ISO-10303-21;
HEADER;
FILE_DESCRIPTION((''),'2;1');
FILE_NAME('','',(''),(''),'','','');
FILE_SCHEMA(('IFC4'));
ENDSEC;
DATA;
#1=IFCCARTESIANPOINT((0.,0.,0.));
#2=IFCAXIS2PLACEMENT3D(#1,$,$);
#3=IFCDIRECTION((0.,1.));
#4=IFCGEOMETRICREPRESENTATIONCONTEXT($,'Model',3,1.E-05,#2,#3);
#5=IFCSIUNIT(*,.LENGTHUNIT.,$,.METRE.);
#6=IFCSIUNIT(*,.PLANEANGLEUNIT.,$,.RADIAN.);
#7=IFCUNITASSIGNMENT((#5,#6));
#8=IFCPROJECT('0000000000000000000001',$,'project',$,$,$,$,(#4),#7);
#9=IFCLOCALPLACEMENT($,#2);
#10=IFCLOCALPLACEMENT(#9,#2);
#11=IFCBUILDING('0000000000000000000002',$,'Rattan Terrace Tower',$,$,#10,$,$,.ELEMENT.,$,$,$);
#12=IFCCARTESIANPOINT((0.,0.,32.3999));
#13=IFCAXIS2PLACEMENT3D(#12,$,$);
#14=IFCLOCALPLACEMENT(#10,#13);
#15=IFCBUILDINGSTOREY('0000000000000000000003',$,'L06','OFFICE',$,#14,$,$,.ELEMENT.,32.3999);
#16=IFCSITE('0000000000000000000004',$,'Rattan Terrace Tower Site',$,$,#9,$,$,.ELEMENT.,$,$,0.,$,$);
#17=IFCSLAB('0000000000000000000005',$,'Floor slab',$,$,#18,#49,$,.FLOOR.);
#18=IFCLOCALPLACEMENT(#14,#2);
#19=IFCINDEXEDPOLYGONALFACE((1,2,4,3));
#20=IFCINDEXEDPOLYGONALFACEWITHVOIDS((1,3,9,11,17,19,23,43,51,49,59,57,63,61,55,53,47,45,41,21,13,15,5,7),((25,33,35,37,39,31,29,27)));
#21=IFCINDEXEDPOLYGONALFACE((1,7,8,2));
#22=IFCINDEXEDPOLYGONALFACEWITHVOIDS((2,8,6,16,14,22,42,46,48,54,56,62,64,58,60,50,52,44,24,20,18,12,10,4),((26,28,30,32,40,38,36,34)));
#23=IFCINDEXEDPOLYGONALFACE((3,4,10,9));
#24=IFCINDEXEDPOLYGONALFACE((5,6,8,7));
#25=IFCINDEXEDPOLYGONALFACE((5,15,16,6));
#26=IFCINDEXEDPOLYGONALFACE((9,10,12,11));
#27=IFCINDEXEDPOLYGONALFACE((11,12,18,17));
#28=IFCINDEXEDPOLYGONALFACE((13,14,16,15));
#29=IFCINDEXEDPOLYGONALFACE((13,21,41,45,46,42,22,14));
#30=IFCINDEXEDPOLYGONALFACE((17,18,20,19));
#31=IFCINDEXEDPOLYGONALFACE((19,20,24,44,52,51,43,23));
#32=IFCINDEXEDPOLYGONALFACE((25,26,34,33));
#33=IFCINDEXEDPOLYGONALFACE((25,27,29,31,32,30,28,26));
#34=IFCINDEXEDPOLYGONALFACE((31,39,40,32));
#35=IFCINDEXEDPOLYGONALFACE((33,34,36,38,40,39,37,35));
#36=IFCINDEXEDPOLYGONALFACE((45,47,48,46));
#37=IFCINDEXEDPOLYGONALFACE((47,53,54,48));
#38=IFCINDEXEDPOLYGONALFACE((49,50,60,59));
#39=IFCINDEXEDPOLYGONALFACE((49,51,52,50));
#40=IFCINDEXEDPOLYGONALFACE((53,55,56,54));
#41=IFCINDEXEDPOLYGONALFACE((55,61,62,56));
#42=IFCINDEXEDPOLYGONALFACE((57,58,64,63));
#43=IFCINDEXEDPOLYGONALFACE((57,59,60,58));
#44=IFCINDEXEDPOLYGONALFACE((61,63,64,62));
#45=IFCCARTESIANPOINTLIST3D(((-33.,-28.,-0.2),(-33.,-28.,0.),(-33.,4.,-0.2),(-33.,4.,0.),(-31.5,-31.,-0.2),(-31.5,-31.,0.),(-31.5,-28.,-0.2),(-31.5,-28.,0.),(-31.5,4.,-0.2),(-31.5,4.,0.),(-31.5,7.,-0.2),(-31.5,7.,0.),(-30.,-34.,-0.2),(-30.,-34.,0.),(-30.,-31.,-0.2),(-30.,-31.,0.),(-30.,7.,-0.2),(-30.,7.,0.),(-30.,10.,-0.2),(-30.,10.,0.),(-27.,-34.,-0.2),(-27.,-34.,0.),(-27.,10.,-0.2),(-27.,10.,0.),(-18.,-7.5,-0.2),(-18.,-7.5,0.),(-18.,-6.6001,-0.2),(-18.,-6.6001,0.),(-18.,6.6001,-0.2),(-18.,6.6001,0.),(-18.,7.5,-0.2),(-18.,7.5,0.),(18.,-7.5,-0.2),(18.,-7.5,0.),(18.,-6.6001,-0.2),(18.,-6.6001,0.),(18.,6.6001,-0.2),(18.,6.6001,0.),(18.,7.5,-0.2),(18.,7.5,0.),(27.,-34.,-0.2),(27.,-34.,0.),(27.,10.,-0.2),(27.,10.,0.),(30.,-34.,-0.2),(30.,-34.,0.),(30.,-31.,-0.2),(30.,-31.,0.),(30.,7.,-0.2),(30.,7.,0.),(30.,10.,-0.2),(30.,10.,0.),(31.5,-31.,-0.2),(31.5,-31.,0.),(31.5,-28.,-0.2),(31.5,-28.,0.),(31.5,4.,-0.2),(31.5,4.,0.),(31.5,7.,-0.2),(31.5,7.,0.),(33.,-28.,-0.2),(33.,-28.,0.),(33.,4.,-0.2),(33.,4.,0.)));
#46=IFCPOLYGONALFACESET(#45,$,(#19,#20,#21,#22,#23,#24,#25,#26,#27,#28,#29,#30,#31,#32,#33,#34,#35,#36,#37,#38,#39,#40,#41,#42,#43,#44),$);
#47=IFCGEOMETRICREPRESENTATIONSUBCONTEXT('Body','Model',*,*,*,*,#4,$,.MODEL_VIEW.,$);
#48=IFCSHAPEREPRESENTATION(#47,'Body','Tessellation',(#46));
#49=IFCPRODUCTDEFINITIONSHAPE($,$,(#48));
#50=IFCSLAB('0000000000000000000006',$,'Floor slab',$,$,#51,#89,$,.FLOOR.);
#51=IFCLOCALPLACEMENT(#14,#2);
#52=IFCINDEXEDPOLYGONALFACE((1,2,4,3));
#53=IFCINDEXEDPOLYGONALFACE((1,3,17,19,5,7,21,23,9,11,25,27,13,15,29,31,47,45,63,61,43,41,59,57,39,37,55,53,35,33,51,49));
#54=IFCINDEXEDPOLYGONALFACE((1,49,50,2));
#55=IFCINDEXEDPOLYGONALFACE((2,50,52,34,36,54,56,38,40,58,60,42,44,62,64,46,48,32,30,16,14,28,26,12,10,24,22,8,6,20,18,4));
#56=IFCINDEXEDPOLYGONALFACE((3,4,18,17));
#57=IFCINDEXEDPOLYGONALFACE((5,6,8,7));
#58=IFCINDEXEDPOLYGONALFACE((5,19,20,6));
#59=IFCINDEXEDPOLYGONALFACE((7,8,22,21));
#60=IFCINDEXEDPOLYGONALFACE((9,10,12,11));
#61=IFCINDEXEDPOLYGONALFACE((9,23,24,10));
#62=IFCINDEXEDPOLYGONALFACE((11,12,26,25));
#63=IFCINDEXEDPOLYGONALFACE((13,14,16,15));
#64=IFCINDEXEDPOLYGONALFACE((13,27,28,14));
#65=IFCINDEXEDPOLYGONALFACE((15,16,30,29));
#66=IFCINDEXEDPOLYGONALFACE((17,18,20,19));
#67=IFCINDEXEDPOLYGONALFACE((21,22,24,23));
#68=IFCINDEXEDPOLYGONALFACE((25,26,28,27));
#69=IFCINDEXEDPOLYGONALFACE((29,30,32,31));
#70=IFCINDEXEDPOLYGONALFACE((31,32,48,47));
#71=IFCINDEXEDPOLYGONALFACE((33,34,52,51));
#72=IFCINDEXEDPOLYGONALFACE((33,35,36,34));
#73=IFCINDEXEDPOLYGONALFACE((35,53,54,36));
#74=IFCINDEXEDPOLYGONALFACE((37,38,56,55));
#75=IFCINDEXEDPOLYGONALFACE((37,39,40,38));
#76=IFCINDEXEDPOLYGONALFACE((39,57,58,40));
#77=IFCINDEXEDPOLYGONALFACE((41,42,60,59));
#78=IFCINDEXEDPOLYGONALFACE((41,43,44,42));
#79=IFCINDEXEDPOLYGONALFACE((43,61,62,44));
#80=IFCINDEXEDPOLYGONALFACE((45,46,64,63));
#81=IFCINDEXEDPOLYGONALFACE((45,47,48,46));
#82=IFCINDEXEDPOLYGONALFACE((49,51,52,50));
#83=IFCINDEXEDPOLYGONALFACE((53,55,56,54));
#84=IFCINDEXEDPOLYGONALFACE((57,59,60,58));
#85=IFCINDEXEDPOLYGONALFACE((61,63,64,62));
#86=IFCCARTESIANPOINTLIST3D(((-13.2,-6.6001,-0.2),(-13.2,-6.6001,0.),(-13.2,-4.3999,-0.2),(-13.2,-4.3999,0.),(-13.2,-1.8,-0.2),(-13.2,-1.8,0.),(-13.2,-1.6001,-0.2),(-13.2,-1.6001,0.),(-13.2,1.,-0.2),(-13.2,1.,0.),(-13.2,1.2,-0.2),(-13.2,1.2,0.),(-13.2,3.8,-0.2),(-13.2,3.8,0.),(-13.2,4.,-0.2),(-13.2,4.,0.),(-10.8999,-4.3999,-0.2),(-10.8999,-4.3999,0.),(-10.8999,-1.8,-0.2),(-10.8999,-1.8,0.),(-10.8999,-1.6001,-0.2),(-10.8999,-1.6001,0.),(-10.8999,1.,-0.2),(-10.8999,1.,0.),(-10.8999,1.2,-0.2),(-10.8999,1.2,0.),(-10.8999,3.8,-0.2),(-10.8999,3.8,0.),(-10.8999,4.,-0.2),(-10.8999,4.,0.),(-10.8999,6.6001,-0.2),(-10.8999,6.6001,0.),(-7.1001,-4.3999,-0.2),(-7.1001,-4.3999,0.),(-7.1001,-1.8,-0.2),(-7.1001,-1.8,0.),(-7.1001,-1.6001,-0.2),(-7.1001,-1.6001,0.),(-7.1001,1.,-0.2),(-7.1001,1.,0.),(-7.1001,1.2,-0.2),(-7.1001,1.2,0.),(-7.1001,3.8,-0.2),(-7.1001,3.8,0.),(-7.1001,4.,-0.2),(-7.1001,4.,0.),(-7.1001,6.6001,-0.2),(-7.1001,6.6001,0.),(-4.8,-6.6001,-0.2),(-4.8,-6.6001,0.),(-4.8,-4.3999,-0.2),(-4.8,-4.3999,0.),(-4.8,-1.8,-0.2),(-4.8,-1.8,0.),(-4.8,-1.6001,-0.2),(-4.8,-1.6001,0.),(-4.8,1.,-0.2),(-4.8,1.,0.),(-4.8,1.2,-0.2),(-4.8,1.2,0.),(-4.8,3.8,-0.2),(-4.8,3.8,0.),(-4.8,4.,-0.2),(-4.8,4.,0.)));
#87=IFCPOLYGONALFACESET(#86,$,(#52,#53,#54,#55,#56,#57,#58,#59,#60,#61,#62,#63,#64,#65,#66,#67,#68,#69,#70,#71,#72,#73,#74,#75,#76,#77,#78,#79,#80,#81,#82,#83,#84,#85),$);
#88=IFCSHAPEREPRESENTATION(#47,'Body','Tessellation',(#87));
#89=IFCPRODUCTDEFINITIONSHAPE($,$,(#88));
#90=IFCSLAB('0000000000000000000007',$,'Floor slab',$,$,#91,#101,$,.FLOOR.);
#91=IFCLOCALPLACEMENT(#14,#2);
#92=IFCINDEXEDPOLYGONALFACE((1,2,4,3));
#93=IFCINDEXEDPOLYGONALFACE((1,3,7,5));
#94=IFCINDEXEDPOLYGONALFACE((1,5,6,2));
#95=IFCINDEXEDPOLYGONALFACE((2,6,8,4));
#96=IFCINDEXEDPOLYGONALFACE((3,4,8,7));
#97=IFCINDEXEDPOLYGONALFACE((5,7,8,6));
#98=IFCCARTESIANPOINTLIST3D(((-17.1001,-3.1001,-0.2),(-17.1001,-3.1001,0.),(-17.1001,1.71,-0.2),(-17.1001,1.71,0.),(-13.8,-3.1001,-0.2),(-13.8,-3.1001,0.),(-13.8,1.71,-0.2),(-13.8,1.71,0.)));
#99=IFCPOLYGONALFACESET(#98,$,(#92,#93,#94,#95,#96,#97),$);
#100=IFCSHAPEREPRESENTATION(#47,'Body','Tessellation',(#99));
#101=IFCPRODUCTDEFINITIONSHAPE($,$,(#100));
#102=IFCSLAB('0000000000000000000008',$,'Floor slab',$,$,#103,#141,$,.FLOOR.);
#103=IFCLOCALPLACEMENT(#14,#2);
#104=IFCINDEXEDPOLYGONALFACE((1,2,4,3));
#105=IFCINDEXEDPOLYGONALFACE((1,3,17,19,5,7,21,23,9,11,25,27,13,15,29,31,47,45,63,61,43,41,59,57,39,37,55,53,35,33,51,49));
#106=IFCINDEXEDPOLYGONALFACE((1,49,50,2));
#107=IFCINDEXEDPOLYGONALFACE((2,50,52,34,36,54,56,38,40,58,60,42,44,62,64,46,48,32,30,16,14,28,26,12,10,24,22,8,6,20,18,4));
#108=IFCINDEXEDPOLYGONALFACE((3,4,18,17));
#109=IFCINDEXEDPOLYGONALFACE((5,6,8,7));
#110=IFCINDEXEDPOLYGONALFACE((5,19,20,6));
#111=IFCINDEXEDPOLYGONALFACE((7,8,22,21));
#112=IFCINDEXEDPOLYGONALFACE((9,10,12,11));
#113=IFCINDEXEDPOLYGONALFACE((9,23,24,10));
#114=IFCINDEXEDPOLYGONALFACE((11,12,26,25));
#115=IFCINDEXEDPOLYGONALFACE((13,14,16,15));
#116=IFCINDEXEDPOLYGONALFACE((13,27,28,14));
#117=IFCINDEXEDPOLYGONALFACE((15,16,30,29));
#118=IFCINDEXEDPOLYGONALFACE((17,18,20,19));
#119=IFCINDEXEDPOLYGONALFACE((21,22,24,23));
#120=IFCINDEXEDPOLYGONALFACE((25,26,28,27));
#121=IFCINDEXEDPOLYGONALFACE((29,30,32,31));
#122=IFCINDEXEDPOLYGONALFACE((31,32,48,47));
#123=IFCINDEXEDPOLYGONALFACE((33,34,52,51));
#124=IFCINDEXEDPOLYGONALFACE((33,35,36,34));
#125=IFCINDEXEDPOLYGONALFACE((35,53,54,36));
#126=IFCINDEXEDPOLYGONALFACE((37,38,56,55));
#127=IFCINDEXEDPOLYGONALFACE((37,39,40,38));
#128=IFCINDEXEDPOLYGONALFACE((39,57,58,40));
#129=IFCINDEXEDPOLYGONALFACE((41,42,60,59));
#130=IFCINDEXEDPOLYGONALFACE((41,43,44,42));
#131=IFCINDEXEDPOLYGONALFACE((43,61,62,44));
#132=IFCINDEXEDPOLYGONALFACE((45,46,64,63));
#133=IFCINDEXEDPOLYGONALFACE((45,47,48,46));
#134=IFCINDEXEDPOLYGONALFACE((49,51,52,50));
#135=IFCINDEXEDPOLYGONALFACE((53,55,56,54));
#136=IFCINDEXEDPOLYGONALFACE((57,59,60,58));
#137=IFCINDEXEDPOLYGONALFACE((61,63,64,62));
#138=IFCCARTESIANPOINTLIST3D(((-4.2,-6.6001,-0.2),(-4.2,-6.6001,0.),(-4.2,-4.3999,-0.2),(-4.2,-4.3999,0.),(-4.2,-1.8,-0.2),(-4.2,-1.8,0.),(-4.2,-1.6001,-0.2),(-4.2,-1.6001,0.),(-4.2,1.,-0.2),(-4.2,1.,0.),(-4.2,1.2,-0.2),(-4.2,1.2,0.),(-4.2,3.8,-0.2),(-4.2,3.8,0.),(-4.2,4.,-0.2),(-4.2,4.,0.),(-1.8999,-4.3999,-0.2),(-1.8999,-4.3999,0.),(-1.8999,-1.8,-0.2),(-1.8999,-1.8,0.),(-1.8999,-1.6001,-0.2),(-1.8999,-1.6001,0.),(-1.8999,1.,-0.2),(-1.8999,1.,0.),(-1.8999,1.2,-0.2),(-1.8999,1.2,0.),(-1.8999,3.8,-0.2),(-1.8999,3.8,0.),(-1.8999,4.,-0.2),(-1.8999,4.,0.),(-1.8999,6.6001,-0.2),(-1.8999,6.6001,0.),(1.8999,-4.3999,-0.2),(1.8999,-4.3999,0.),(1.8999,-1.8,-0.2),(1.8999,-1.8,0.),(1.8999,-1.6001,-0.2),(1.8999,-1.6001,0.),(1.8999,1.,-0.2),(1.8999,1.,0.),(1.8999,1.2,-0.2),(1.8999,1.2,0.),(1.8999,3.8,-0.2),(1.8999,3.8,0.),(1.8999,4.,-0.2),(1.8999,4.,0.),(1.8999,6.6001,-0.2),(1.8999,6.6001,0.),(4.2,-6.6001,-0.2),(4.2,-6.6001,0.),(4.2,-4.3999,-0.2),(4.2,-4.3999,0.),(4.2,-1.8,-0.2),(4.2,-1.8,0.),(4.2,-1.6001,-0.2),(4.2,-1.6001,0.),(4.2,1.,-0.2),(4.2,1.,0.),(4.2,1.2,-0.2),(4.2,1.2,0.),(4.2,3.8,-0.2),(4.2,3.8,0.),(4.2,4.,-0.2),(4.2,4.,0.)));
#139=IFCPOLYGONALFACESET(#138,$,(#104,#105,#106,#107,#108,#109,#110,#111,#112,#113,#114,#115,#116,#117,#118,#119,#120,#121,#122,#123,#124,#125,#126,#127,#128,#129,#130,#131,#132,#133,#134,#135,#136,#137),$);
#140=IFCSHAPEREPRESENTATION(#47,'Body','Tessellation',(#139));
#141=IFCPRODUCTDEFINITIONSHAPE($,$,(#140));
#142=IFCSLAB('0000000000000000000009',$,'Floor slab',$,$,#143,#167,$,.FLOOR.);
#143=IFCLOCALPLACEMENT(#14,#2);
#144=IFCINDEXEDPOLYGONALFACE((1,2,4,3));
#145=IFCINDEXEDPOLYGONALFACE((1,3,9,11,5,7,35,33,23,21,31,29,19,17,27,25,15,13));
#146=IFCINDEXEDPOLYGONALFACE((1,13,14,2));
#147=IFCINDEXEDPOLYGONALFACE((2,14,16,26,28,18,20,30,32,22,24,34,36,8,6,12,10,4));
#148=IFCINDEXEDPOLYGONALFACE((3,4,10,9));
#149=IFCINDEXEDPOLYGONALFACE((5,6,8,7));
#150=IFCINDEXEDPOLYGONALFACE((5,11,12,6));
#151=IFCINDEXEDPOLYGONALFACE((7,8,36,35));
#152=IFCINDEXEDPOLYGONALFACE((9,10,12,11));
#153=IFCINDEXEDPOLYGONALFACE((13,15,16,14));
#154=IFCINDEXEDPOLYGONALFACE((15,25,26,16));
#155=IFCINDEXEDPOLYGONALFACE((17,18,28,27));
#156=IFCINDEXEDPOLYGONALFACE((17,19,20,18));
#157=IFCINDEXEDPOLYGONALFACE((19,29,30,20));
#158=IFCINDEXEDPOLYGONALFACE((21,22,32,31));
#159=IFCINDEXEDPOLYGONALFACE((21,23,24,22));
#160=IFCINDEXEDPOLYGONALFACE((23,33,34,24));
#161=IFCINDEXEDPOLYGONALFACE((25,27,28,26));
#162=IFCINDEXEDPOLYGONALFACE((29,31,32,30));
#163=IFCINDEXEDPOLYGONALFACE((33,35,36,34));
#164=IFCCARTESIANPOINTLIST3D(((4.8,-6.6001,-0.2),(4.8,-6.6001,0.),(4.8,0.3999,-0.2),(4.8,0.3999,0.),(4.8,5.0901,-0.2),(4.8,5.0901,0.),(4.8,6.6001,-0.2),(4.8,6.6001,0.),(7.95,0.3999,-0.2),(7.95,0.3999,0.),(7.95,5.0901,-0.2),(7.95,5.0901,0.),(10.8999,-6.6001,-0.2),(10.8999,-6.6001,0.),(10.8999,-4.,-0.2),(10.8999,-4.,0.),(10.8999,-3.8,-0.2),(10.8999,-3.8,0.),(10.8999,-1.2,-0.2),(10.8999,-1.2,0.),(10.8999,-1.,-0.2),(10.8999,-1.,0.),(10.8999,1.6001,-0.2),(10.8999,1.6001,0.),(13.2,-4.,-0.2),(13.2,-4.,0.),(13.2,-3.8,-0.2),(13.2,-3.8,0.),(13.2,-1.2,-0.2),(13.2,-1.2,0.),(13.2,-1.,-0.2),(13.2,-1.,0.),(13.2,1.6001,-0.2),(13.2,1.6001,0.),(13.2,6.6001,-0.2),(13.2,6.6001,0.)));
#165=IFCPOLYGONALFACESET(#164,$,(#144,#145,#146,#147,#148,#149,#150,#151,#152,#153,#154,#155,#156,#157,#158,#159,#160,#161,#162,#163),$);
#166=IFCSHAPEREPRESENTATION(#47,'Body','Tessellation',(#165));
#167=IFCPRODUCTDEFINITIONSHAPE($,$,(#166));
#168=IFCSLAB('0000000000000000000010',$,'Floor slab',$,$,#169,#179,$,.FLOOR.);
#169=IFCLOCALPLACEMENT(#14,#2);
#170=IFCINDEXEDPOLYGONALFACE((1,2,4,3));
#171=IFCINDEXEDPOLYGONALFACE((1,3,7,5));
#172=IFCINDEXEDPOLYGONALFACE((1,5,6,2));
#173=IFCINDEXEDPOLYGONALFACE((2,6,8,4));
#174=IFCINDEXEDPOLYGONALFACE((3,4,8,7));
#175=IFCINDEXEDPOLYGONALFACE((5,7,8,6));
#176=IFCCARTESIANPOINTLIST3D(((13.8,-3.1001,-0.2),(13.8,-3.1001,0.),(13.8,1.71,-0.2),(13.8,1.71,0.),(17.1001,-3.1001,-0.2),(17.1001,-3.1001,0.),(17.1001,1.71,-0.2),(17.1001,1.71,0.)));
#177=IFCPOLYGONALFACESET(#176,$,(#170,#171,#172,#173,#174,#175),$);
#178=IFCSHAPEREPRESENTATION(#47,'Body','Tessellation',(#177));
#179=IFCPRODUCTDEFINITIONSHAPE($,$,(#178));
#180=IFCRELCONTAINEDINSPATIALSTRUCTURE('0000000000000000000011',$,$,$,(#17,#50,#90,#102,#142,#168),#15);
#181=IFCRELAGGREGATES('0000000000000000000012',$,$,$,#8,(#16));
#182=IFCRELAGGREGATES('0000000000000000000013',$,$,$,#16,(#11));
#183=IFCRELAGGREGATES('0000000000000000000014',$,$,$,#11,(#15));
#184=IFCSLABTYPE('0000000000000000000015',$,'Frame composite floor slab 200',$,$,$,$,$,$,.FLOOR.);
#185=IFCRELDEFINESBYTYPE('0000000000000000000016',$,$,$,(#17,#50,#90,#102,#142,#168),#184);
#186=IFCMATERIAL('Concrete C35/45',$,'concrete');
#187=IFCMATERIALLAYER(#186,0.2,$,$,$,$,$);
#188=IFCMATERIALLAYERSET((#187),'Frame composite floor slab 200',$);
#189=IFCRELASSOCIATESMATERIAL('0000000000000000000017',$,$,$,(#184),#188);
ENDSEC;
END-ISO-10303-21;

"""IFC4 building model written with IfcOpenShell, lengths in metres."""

from ifc_helpers import new_model, si_unit, direction, frame, origin, place, context, subcontext, project, spatial, polyline, outline, extrude, material, layer, layer_set, type_object, element, save


model = new_model("IFC4")

# Units and contexts
model_context = context("Model", 3, precision=1e-05, world=origin(), true_north=direction((0.0, 1.0)))
body_context = subcontext(model_context, "Body", "Model", "MODEL_VIEW")
ifc_project = project(units=[si_unit("LENGTHUNIT", "METRE"), si_unit("PLANEANGLEUNIT", "RADIAN")], contexts=[model_context])

# Site, building, storey
site_placement = place(None, origin())
site = spatial("IfcSite", under=ifc_project, at=site_placement, Name="Rattan Terrace Tower Site", CompositionType="ELEMENT", RefElevation=0.0)
building_placement = place(site_placement, origin())
building = spatial("IfcBuilding", under=site, at=building_placement, Name="Rattan Terrace Tower", CompositionType="ELEMENT")
storey_placement = place(building_placement, frame((0.0, 0.0, 32.3999)))
storey = spatial("IfcBuildingStorey", under=building, at=storey_placement, Name="L06", Description="OFFICE", CompositionType="ELEMENT", Elevation=32.3999)

# Slabs
ifc_material_1 = material(Name="Concrete C35/45", Category="concrete")
ifc_layer_1 = layer(ifc_material_1, 0.2)
ifc_layer_set_1 = layer_set([ifc_layer_1], Name="Frame composite floor slab 200")
slab_type = type_object("IfcSlabType", Name="Frame composite floor slab 200", PredefinedType="FLOOR", material=ifc_layer_set_1)
slab_1_placement = place(storey_placement, frame((0.0, 0.0, -0.2)))
element("IfcSlab", 1, at=slab_1_placement, inside=storey, type_object=slab_type, Name="Floor slab", PredefinedType="FLOOR", context=body_context, shape_type="SweptSolid", body=[
    extrude(outline(polyline([(-27.0, -34.0), (27.0, -34.0), (30.0, -34.0), (30.0, -31.0), (31.5, -31.0), (31.5, -28.0), (33.0, -28.0), (33.0, 4.0), (31.5, 4.0), (31.5, 7.0), (30.0, 7.0), (30.0, 10.0), (27.0, 10.0), (-27.0, 10.0), (-30.0, 10.0), (-30.0, 7.0), (-31.5, 7.0), (-31.5, 4.0), (-33.0, 4.0), (-33.0, -28.0), (-31.5, -28.0), (-31.5, -31.0), (-30.0, -31.0), (-30.0, -34.0), (-27.0, -34.0)]), holes=[polyline([(-18.0, -6.6001), (-18.0, -7.5), (18.0, -7.5), (18.0, -6.6001), (18.0, 6.6001), (18.0, 7.5), (-18.0, 7.5), (-18.0, 6.6001), (-18.0, -6.6001)])]), origin(), (0.0, 0.0, 1.0), 0.2),
])
slab_2_placement = place(storey_placement, frame((0.0, 0.0, -0.2)))
element("IfcSlab", 2, at=slab_2_placement, inside=storey, type_object=slab_type, Name="Floor slab", PredefinedType="FLOOR", context=body_context, shape_type="SweptSolid", body=[
    extrude(outline(polyline([(-10.8999, 6.6001), (-10.8999, 4.0), (-13.2, 4.0), (-13.2, 3.8), (-10.8999, 3.8), (-10.8999, 1.2), (-13.2, 1.2), (-13.2, 1.0), (-10.8999, 1.0), (-10.8999, -1.6001), (-13.2, -1.6001), (-13.2, -1.8), (-10.8999, -1.8), (-10.8999, -4.3999), (-13.2, -4.3999), (-13.2, -6.6001), (-4.8, -6.6001), (-4.8, -4.3999), (-7.1001, -4.3999), (-7.1001, -1.8), (-4.8, -1.8), (-4.8, -1.6001), (-7.1001, -1.6001), (-7.1001, 1.0), (-4.8, 1.0), (-4.8, 1.2), (-7.1001, 1.2), (-7.1001, 3.8), (-4.8, 3.8), (-4.8, 4.0), (-7.1001, 4.0), (-7.1001, 6.6001), (-10.8999, 6.6001)])), origin(), (0.0, 0.0, 1.0), 0.2),
])
slab_3_placement = place(storey_placement, frame((0.0, 0.0, -0.2)))
element("IfcSlab", 3, at=slab_3_placement, inside=storey, type_object=slab_type, Name="Floor slab", PredefinedType="FLOOR", context=body_context, shape_type="SweptSolid", body=[
    extrude(outline(polyline([(-17.1001, -3.1001), (-13.8, -3.1001), (-13.8, 1.71), (-17.1001, 1.71), (-17.1001, -3.1001)])), origin(), (0.0, 0.0, 1.0), 0.2),
])
slab_4_placement = place(storey_placement, frame((0.0, 0.0, -0.2)))
element("IfcSlab", 4, at=slab_4_placement, inside=storey, type_object=slab_type, Name="Floor slab", PredefinedType="FLOOR", context=body_context, shape_type="SweptSolid", body=[
    extrude(outline(polyline([(-4.2, 4.0), (-4.2, 3.8), (-1.8999, 3.8), (-1.8999, 1.2), (-4.2, 1.2), (-4.2, 1.0), (-1.8999, 1.0), (-1.8999, -1.6001), (-4.2, -1.6001), (-4.2, -1.8), (-1.8999, -1.8), (-1.8999, -4.3999), (-4.2, -4.3999), (-4.2, -6.6001), (4.2, -6.6001), (4.2, -4.3999), (1.8999, -4.3999), (1.8999, -1.8), (4.2, -1.8), (4.2, -1.6001), (1.8999, -1.6001), (1.8999, 1.0), (4.2, 1.0), (4.2, 1.2), (1.8999, 1.2), (1.8999, 3.8), (4.2, 3.8), (4.2, 4.0), (1.8999, 4.0), (1.8999, 6.6001), (-1.8999, 6.6001), (-1.8999, 4.0), (-4.2, 4.0)])), origin(), (0.0, 0.0, 1.0), 0.2),
])
slab_5_placement = place(storey_placement, frame((0.0, 0.0, -0.2)))
element("IfcSlab", 5, at=slab_5_placement, inside=storey, type_object=slab_type, Name="Floor slab", PredefinedType="FLOOR", context=body_context, shape_type="SweptSolid", body=[
    extrude(outline(polyline([(4.8, 5.0901), (7.95, 5.0901), (7.95, 0.3999), (4.8, 0.3999), (4.8, -6.6001), (10.8999, -6.6001), (10.8999, -4.0), (13.2, -4.0), (13.2, -3.8), (10.8999, -3.8), (10.8999, -1.2), (13.2, -1.2), (13.2, -1.0), (10.8999, -1.0), (10.8999, 1.6001), (13.2, 1.6001), (13.2, 6.6001), (4.8, 6.6001), (4.8, 5.0901)])), origin(), (0.0, 0.0, 1.0), 0.2),
])
slab_6_placement = place(storey_placement, frame((0.0, 0.0, -0.2)))
element("IfcSlab", 6, at=slab_6_placement, inside=storey, type_object=slab_type, Name="Floor slab", PredefinedType="FLOOR", context=body_context, shape_type="SweptSolid", body=[
    extrude(outline(polyline([(13.8, -3.1001), (17.1001, -3.1001), (17.1001, 1.71), (13.8, 1.71), (13.8, -3.1001)])), origin(), (0.0, 0.0, 1.0), 0.2),
])

save(model, "model.ifc")
